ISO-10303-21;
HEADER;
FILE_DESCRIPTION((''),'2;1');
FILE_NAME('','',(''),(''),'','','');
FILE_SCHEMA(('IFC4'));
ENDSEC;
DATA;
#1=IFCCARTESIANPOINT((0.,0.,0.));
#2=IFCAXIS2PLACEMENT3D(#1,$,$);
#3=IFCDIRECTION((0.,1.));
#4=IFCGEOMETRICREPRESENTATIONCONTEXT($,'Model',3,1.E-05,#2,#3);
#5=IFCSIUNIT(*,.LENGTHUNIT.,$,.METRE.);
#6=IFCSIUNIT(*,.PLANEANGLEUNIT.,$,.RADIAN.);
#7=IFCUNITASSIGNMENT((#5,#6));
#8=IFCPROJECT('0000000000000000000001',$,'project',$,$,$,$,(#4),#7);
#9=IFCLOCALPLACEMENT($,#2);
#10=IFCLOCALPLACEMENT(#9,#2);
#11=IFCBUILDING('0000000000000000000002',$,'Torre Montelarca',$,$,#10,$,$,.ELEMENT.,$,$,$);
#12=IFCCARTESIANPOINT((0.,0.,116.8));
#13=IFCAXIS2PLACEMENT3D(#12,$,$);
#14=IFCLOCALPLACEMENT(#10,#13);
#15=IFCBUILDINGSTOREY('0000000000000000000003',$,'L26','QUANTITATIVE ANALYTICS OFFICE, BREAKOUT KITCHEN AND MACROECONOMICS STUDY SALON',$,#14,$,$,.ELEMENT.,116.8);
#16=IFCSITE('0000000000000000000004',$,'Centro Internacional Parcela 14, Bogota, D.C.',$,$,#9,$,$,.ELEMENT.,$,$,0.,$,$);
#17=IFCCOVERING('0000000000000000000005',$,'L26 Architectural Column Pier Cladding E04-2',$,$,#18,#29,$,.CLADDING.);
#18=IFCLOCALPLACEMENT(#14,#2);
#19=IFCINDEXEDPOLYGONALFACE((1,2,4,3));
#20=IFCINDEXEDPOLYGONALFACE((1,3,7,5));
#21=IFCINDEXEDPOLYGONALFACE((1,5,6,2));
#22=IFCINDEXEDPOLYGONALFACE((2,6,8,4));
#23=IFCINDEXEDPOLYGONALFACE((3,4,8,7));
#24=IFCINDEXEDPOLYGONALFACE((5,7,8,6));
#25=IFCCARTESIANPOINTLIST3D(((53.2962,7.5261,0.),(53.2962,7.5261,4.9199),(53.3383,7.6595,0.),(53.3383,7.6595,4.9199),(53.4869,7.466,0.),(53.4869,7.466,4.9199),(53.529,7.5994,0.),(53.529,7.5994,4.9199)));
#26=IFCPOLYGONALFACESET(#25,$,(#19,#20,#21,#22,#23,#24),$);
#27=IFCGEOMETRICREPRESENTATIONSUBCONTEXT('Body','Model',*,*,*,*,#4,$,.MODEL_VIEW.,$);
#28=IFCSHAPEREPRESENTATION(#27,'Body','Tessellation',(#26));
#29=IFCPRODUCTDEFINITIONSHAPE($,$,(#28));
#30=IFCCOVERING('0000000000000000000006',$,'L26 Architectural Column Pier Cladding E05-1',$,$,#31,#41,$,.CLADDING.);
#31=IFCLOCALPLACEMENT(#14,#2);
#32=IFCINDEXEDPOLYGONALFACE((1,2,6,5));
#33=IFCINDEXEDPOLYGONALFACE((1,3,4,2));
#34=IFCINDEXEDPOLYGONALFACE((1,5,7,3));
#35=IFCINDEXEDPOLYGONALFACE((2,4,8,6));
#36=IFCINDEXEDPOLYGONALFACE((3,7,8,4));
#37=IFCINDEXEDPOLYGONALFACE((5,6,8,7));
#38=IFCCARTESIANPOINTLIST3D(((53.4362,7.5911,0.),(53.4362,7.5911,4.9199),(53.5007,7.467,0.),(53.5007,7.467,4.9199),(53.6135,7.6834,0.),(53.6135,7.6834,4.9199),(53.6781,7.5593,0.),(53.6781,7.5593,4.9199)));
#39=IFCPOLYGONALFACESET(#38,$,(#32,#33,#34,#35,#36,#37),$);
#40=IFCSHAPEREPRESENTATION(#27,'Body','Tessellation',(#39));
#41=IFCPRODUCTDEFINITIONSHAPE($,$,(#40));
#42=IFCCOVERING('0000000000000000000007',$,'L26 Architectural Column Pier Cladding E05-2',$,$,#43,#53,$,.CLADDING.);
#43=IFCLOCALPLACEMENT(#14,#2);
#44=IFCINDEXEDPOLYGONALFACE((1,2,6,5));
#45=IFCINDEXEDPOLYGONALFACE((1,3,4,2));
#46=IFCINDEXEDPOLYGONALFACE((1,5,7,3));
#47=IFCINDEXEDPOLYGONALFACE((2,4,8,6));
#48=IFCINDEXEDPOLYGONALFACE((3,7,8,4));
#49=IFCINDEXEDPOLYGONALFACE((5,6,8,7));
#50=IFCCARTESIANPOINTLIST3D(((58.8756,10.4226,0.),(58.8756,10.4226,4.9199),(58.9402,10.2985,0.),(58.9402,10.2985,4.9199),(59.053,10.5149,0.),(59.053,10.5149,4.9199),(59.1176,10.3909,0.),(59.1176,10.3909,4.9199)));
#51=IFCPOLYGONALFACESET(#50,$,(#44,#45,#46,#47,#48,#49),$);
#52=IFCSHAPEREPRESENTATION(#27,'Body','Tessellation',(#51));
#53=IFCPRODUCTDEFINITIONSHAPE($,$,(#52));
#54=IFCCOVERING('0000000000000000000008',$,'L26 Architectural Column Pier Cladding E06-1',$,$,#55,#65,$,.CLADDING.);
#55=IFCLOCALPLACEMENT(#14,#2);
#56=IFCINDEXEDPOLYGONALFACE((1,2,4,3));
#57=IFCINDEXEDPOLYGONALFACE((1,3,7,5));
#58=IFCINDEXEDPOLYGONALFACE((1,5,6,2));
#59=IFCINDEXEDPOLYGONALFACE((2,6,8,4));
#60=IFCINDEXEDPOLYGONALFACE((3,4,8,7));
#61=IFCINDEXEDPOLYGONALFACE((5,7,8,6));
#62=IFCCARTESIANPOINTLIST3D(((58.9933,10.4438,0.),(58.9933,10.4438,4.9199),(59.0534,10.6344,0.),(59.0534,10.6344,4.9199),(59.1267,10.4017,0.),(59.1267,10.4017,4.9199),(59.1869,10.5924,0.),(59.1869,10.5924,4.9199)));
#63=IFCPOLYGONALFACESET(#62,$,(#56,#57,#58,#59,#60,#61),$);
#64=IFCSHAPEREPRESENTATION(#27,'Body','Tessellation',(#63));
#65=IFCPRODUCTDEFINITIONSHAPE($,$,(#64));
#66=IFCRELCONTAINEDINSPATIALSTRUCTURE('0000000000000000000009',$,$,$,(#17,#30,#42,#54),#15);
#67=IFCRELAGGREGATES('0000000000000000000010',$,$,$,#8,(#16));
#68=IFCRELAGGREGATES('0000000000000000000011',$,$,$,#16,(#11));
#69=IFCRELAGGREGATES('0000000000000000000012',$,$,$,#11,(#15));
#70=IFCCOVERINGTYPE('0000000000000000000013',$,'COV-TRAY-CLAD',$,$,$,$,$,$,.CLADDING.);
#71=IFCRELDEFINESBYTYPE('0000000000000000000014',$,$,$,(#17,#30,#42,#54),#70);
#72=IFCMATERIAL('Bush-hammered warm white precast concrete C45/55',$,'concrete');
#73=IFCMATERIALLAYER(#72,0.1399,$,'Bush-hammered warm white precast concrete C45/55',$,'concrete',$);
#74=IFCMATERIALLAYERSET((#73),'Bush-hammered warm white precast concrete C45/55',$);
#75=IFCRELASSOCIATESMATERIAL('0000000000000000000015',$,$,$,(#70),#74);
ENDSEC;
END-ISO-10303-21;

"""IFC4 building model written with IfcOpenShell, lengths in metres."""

from ifc_helpers import new_model, si_unit, direction, frame, origin, origin_2d, place, context, subcontext, project, spatial, rectangle, extrude, source, transform, mapped, material, layer, layer_set, type_object, element, save


model = new_model("IFC4")

# Units and contexts
model_context = context("Model", 3, precision=1e-05, world=origin(), true_north=direction((0.0, 1.0)))
body_context = subcontext(model_context, "Body", "Model", "MODEL_VIEW")
ifc_project = project(units=[si_unit("LENGTHUNIT", "METRE"), si_unit("PLANEANGLEUNIT", "RADIAN")], contexts=[model_context])

# Site, building, storey
site_placement = place(None, origin())
site = spatial("IfcSite", under=ifc_project, at=site_placement, Name="Centro Internacional Parcela 14, Bogota, D.C.", CompositionType="ELEMENT", RefElevation=0.0)
building_placement = place(site_placement, origin())
building = spatial("IfcBuilding", under=site, at=building_placement, Name="Torre Montelarca", CompositionType="ELEMENT")
storey_placement = place(building_placement, frame((0.0, 0.0, 116.8)))
storey = spatial("IfcBuildingStorey", under=building, at=storey_placement, Name="L26", Description="QUANTITATIVE ANALYTICS OFFICE, BREAKOUT KITCHEN AND MACROECONOMICS STUDY SALON", CompositionType="ELEMENT", Elevation=116.8)

# Coverings
ifc_material_1 = material(Name="Bush-hammered warm white precast concrete C45/55", Category="concrete")
ifc_layer_1 = layer(ifc_material_1, 0.1399, Name="Bush-hammered warm white precast concrete C45/55", Category="concrete")
ifc_layer_set_1 = layer_set([ifc_layer_1], Name="Bush-hammered warm white precast concrete C45/55")
covering_type = type_object("IfcCoveringType", Name="COV-TRAY-CLAD", PredefinedType="CLADDING", material=ifc_layer_set_1)
shared_shape_1 = source(origin(), body_context, "Body", "SweptSolid", [
    extrude(rectangle(XDim=0.2, YDim=0.1399, at=origin_2d()), origin(), (0.0, 0.0, 1.0), 4.9199),
])
for number, where, z_axis, x_axis, name in (
    (1, (53.4126, 7.5627, 0.0), (0.0, 0.0, 1.0), (0.953718, -0.300702, 0.0), "L26 Architectural Column Pier Cladding E04-2"),
    (2, (53.5571, 7.5752, 0.0), (0.0, 0.0, 1.0), (0.887017, 0.461736, 0.0), "L26 Architectural Column Pier Cladding E05-1"),
    (3, (58.9966, 10.4067, 0.0), (0.0, 0.0, 1.0), (0.887017, 0.461736, 0.0), "L26 Architectural Column Pier Cladding E05-2"),
    (4, (59.0901, 10.5181, 0.0), (0.0, 0.0, 1.0), (0.300707, 0.953716, 0.0), "L26 Architectural Column Pier Cladding E06-1"),
):
    element("IfcCovering", number, at=place(storey_placement, frame(where, z_axis=z_axis, x_axis=x_axis)), inside=storey, type_object=covering_type, Name=name, PredefinedType="CLADDING", context=body_context, shape_type="MappedRepresentation", body=[
        mapped(shared_shape_1, transform((0.0, 0.0, 0.0), scale=1.0)),
    ])

save(model, "model.ifc")
